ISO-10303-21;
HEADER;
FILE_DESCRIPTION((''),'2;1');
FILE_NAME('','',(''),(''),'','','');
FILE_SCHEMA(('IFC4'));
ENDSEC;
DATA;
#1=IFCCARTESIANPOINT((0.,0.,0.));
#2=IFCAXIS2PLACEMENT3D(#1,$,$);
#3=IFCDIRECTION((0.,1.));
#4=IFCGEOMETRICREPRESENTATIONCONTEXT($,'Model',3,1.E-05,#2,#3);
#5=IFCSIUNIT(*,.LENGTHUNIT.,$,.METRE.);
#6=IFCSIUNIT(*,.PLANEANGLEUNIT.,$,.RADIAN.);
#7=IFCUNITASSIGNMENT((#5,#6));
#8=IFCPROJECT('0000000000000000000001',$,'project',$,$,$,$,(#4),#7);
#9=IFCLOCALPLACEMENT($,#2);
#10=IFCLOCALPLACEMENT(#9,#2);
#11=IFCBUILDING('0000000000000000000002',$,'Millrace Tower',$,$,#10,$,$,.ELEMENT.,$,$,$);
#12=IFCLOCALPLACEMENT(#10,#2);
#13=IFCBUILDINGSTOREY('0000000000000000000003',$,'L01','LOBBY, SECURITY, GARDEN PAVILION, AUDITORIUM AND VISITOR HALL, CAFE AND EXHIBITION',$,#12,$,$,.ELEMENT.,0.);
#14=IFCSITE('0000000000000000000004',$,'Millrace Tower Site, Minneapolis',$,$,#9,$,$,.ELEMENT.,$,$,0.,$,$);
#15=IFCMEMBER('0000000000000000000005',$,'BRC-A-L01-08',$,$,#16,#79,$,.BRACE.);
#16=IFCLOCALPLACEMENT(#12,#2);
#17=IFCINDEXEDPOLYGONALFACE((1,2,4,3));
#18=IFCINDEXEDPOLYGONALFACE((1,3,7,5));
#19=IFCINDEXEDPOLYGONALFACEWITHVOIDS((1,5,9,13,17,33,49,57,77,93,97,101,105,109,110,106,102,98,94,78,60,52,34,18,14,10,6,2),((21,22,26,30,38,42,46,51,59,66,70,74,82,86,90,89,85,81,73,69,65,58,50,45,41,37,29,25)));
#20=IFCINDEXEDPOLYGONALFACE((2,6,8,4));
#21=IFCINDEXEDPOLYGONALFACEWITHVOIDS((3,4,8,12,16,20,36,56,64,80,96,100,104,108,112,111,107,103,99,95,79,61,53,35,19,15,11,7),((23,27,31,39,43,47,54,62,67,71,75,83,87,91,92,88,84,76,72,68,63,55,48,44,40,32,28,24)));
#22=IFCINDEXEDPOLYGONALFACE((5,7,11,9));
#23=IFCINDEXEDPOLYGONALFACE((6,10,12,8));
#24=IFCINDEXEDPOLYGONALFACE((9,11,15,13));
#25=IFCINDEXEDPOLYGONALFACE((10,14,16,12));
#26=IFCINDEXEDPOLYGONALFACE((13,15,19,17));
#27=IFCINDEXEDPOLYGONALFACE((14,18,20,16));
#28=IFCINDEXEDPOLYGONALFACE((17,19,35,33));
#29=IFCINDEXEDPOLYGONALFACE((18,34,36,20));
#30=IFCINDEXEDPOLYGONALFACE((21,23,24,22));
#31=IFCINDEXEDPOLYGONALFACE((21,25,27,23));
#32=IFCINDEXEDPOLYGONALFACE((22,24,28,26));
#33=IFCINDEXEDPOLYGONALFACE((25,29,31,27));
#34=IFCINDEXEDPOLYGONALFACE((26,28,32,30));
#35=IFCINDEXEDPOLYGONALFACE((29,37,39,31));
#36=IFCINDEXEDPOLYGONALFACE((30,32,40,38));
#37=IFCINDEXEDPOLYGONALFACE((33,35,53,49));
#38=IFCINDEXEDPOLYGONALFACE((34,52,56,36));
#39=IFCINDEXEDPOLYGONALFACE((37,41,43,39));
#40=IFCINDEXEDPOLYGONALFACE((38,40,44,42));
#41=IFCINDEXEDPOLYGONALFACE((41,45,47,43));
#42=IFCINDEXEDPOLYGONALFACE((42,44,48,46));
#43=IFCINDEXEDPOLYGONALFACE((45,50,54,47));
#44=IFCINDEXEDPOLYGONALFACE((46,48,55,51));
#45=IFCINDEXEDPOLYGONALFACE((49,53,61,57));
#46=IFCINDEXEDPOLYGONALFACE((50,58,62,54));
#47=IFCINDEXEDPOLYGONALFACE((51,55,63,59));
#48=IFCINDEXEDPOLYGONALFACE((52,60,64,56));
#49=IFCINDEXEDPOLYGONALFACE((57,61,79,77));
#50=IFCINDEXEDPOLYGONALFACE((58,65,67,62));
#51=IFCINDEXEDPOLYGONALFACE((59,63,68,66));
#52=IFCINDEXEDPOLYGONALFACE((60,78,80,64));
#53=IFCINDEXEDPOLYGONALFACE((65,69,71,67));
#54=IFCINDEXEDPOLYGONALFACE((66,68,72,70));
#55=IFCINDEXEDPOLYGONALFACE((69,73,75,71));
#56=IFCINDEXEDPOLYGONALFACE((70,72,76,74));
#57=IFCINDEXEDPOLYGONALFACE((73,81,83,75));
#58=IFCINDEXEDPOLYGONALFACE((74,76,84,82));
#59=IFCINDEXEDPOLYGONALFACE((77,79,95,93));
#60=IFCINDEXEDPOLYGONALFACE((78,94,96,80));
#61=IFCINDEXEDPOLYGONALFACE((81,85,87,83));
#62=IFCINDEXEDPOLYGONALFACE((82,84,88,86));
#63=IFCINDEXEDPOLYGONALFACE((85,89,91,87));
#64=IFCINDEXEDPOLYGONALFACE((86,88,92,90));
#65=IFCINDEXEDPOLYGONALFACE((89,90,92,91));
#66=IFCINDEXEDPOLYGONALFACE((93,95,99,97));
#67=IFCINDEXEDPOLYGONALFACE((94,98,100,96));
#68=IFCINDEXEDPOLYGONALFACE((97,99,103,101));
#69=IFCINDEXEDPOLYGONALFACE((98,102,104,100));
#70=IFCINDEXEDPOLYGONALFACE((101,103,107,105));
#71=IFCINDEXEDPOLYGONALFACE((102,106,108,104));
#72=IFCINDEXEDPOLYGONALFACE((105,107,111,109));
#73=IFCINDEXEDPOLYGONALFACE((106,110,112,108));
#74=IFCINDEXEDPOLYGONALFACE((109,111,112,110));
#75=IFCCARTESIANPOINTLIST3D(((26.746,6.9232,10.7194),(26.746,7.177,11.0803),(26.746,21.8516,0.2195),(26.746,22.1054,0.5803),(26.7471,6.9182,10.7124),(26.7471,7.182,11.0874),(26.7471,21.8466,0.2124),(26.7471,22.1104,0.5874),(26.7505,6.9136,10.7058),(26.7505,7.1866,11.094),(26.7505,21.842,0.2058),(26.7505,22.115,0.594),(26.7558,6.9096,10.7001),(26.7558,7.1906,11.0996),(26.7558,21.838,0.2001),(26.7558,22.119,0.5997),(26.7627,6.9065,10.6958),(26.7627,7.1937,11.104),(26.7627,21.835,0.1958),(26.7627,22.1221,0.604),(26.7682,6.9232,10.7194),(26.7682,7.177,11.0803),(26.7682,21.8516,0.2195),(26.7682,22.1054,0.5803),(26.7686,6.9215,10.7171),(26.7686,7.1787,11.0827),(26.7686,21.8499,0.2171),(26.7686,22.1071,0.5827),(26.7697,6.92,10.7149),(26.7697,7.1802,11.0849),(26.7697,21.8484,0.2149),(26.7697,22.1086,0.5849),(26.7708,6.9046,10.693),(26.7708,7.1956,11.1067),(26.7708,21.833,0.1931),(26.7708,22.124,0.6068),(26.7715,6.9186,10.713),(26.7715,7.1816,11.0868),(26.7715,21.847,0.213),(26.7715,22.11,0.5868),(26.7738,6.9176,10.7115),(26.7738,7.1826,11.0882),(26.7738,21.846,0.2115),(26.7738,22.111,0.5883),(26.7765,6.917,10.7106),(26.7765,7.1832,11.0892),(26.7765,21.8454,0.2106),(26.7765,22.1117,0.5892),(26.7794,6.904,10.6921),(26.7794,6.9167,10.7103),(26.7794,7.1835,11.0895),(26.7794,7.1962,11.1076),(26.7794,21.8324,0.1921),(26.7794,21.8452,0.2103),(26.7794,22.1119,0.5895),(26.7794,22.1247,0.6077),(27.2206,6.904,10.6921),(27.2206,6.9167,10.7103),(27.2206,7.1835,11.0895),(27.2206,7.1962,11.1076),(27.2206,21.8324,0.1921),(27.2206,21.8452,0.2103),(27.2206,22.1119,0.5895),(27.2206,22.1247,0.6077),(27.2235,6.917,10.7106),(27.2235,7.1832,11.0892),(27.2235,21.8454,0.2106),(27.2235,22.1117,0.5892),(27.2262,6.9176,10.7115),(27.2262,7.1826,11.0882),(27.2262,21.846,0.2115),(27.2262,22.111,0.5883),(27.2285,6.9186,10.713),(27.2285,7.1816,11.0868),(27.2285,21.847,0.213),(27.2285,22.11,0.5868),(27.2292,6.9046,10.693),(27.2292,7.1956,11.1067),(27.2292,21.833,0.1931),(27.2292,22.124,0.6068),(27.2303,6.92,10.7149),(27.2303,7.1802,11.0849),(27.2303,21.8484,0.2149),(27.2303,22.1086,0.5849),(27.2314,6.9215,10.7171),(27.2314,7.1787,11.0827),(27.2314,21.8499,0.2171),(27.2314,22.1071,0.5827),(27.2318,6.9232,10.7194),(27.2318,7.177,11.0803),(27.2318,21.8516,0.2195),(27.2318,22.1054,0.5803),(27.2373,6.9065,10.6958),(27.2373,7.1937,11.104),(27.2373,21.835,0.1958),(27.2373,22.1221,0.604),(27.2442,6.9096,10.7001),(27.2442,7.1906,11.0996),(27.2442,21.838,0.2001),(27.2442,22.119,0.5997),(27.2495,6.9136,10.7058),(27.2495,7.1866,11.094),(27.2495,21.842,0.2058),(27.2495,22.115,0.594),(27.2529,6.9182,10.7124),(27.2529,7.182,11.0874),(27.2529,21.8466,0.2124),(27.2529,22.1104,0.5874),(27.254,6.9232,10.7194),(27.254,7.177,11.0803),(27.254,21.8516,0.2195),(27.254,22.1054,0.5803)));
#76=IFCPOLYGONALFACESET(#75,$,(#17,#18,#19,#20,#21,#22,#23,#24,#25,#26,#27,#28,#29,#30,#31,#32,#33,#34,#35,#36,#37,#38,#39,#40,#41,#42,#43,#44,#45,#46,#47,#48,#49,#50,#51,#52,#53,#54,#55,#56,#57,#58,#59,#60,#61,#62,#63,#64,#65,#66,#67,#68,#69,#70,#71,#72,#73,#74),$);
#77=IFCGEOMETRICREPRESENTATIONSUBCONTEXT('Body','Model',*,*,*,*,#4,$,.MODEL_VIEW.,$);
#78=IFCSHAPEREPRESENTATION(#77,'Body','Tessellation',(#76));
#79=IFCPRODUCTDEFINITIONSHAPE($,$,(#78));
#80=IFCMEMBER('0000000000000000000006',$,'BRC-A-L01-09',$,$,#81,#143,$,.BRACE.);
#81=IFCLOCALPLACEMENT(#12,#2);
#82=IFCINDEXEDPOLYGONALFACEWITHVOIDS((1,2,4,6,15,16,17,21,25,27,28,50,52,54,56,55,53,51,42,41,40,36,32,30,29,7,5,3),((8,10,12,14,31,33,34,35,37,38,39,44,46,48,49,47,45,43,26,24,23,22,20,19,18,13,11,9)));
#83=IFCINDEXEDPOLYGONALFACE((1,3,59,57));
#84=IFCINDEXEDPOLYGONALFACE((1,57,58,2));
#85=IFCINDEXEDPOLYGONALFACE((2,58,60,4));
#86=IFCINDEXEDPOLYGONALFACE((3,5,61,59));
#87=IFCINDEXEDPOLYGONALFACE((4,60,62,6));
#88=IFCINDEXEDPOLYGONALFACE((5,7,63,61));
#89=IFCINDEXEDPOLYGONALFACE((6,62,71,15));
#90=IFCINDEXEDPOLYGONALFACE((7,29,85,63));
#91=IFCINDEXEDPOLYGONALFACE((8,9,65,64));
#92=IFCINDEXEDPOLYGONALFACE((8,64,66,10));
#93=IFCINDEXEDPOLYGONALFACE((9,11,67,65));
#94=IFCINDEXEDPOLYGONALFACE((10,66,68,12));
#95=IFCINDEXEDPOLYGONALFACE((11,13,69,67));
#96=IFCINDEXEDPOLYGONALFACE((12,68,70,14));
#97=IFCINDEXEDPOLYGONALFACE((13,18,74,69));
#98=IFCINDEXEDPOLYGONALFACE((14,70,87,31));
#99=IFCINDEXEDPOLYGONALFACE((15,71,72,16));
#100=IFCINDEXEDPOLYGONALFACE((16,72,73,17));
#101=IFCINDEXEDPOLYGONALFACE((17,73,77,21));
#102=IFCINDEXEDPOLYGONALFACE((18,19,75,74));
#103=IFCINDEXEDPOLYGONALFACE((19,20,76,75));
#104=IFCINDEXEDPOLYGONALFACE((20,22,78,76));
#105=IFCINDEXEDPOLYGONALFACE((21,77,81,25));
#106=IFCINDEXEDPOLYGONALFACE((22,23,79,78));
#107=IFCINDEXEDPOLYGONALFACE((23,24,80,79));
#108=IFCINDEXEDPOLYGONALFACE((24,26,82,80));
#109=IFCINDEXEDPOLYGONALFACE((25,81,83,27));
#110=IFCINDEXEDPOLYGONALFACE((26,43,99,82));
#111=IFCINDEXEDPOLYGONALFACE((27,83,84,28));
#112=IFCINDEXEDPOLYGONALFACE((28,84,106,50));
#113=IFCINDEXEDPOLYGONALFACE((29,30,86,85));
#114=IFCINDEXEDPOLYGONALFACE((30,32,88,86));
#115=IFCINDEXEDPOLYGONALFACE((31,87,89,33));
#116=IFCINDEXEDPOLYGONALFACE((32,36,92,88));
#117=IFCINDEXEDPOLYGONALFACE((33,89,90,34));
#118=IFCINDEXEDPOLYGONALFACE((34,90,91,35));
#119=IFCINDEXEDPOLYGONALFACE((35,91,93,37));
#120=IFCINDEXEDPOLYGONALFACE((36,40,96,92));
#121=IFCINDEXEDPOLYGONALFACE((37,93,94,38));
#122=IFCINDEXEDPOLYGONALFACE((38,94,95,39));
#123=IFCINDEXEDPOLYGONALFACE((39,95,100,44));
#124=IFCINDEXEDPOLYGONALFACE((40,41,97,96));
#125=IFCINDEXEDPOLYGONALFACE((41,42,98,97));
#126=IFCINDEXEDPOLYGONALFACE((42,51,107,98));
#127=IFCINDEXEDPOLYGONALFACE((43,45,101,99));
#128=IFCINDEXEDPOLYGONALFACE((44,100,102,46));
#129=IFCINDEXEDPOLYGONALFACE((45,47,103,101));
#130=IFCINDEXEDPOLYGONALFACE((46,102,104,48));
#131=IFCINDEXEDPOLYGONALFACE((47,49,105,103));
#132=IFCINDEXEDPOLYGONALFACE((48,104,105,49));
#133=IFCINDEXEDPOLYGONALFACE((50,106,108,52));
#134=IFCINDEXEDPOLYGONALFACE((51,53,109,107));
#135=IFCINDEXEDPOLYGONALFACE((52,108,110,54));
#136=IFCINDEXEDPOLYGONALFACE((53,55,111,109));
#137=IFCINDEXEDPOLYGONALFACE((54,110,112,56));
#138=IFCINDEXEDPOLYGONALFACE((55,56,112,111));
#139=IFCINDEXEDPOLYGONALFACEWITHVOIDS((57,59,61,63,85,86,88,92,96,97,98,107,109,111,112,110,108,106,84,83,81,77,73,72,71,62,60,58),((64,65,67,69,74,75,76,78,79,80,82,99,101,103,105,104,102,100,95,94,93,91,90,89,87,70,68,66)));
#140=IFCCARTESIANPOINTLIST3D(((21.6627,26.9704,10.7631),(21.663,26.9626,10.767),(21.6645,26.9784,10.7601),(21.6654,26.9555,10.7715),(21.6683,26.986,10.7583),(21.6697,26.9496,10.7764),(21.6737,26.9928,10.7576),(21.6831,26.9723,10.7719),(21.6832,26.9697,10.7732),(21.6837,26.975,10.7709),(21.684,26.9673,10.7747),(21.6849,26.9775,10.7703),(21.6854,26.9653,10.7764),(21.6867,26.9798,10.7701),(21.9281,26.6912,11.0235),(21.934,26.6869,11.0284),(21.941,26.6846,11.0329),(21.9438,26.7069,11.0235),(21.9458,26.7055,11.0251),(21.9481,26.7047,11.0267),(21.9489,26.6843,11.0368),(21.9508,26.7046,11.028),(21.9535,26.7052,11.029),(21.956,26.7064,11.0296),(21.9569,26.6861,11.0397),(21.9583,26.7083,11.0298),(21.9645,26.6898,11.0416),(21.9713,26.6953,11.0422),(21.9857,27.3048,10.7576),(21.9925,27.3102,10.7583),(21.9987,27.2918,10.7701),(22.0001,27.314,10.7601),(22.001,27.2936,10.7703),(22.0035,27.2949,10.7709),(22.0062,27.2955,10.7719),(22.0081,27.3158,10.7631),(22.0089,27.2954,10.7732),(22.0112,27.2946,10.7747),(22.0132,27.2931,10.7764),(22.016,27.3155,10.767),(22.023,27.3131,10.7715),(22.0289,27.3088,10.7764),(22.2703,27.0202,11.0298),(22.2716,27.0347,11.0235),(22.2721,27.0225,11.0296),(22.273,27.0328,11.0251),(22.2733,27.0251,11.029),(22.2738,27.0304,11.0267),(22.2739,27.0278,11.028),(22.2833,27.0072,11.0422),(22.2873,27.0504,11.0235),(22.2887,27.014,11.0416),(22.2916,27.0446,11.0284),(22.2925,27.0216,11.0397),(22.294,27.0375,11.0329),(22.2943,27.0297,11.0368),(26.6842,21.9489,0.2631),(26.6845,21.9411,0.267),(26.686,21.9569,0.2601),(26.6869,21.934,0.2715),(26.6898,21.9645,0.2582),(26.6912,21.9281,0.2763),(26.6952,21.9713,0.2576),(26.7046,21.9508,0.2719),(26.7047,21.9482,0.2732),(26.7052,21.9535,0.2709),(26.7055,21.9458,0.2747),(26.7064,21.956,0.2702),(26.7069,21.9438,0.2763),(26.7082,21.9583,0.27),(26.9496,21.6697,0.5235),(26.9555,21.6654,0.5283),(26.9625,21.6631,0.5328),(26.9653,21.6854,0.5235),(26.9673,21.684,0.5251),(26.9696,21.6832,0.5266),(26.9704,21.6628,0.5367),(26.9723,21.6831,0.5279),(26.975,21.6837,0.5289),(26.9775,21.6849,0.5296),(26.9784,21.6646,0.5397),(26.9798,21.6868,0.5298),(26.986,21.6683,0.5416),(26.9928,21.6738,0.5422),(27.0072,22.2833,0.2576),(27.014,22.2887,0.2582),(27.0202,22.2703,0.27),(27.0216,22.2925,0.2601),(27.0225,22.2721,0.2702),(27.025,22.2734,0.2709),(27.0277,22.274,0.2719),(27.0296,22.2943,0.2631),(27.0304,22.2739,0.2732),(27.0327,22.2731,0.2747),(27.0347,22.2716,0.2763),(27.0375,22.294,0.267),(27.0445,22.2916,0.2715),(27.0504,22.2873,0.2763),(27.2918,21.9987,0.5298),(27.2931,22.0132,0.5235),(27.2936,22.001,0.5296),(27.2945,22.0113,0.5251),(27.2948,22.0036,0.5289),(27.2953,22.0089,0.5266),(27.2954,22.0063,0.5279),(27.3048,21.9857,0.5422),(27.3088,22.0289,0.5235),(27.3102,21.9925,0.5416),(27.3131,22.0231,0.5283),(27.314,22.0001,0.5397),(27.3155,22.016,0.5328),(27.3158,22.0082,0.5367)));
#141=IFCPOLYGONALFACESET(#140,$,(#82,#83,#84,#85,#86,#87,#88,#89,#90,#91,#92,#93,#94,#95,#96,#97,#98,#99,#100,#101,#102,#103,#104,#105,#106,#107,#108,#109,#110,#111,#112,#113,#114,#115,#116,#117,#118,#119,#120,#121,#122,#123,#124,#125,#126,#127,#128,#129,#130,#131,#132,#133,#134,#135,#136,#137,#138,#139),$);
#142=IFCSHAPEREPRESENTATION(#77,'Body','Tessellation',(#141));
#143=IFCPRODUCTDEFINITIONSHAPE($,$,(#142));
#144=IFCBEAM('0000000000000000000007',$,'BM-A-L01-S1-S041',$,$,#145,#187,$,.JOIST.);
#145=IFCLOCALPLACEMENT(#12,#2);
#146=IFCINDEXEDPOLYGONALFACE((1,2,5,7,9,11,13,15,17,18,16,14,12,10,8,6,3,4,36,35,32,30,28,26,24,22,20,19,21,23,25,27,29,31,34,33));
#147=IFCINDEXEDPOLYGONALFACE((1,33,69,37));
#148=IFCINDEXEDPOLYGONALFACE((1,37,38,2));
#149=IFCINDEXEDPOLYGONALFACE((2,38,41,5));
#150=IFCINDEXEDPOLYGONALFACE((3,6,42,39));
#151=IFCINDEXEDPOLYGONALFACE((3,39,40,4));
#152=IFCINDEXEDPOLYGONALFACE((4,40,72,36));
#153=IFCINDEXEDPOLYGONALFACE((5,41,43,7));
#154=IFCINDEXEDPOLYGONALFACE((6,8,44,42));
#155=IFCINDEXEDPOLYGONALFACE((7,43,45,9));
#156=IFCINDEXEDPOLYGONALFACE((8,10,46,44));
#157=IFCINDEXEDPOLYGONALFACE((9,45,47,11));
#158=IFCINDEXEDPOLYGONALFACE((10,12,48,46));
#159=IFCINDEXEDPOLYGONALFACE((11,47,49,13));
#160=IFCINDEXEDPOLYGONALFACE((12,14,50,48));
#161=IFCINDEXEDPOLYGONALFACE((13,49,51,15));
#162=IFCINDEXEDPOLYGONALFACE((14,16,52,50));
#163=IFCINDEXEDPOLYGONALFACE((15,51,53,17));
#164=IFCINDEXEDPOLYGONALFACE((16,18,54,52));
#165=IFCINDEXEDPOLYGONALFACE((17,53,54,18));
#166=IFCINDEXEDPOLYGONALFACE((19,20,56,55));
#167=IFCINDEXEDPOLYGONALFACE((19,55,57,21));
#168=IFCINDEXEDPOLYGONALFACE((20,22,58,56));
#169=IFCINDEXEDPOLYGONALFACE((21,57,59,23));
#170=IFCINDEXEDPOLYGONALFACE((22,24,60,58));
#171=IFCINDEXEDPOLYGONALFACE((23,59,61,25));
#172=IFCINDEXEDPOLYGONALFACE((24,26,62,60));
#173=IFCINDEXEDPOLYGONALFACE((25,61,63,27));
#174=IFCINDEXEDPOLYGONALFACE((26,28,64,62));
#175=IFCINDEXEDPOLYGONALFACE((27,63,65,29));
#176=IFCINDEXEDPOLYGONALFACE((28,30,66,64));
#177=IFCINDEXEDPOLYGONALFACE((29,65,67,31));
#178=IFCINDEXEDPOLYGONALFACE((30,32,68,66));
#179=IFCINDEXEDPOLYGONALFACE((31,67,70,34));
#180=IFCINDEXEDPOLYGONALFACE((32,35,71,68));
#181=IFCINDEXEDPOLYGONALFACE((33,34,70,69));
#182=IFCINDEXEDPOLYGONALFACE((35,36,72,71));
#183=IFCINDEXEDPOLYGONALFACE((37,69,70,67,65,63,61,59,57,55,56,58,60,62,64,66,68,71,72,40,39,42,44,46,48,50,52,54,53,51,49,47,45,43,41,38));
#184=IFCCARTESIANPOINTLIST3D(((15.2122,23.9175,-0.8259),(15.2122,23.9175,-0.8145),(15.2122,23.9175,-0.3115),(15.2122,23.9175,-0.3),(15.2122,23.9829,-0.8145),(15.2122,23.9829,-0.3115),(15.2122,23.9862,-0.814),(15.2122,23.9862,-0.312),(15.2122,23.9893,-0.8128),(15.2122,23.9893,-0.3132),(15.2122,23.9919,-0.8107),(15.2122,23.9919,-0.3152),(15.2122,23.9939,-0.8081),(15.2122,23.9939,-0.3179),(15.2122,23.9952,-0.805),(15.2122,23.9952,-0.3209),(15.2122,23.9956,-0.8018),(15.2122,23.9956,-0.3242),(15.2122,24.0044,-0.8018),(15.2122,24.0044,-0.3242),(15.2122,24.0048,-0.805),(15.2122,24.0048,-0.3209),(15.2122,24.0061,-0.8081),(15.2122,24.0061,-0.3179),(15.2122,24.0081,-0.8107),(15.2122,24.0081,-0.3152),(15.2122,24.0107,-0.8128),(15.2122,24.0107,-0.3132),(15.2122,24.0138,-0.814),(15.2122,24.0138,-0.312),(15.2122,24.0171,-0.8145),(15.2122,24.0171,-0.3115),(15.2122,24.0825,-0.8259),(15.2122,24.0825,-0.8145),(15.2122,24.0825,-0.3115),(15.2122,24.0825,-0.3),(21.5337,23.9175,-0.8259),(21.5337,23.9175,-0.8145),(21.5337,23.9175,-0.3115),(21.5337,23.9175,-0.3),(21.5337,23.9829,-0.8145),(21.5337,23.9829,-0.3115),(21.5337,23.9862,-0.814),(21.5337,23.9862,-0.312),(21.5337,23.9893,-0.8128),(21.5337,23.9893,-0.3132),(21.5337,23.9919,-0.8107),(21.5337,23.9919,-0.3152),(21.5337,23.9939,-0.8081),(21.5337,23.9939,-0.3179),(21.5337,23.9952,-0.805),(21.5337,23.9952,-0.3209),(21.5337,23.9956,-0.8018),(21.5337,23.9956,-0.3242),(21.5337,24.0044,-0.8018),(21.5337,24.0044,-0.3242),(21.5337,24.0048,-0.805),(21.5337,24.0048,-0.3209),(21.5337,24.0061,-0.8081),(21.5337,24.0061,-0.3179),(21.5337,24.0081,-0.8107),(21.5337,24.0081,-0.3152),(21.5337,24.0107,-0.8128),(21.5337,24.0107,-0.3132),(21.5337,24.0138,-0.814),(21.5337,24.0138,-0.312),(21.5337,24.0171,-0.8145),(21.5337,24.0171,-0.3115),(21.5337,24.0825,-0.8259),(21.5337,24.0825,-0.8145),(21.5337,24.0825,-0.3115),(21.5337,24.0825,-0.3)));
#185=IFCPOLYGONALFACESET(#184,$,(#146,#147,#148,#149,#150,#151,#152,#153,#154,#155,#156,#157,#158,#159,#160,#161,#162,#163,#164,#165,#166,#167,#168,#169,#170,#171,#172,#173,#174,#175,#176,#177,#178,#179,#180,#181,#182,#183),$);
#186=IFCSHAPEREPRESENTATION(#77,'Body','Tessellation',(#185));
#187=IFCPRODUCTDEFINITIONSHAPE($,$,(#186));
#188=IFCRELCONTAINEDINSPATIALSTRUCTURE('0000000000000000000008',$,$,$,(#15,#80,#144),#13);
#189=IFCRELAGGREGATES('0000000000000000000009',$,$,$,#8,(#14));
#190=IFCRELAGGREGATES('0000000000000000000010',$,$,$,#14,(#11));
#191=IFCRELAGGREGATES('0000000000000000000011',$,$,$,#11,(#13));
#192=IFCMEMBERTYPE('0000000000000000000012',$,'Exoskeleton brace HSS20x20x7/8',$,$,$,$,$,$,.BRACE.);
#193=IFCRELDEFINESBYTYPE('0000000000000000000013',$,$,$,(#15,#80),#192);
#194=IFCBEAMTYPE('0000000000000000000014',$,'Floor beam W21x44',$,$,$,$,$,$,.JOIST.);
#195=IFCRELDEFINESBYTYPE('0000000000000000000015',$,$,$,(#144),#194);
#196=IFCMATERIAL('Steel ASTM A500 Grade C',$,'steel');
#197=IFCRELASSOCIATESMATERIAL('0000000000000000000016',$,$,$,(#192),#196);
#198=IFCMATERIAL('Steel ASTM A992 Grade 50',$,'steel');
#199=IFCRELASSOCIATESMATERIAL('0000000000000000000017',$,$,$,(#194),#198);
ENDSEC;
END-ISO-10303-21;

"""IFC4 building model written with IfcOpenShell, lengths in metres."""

from ifc_helpers import new_model, si_unit, direction, frame, origin, origin_2d, place, context, subcontext, project, spatial, hollow_rectangle, i_section, extrude, material, material_profile, profile_set, type_object, element, save


model = new_model("IFC4")

# Units and contexts
model_context = context("Model", 3, precision=1e-05, world=origin(), true_north=direction((0.0, 1.0)))
body_context = subcontext(model_context, "Body", "Model", "MODEL_VIEW")
ifc_project = project(units=[si_unit("LENGTHUNIT", "METRE"), si_unit("PLANEANGLEUNIT", "RADIAN")], contexts=[model_context])

# Site, building, storey
site_placement = place(None, origin())
site = spatial("IfcSite", under=ifc_project, at=site_placement, Name="Millrace Tower Site, Minneapolis", CompositionType="ELEMENT", RefElevation=0.0)
building_placement = place(site_placement, origin())
building = spatial("IfcBuilding", under=site, at=building_placement, Name="Millrace Tower", CompositionType="ELEMENT")
storey_placement = place(building_placement, origin())
storey = spatial("IfcBuildingStorey", under=building, at=storey_placement, Name="L01", Description="LOBBY, SECURITY, GARDEN PAVILION, AUDITORIUM AND VISITOR HALL, CAFE AND EXHIBITION", CompositionType="ELEMENT", Elevation=0.0)

# Members
ifc_material_1 = material(Name="Steel ASTM A500 Grade C", Category="steel")
ifc_material_profile_1 = material_profile(ifc_material_1, hollow_rectangle(XDim=0.5081, YDim=0.5081, WallThickness=0.0222, InnerFilletRadius=0.0112, OuterFilletRadius=0.0334, at=origin_2d()))
ifc_profile_set_1 = profile_set([ifc_material_profile_1], Name="Steel ASTM A500 Grade C")
member_type_1 = type_object("IfcMemberType", Name="Exoskeleton brace HSS20x20x7/8", PredefinedType="BRACE", material=ifc_profile_set_1)
member_1_placement = place(storey_placement, frame((27.0, 21.9785, 0.3999), z_axis=(0.0, -0.817941, 0.575302), x_axis=(1.0, 0.0, 0.0)))
element("IfcMember", 1, at=member_1_placement, inside=storey, type_object=member_type_1, Name="BRC-A-L01-08", PredefinedType="BRACE", context=body_context, shape_type="SweptSolid", body=[
    extrude(hollow_rectangle(XDim=0.5081, YDim=0.5081, WallThickness=0.0222, InnerFilletRadius=0.0112, OuterFilletRadius=0.0334, at=origin_2d()), origin(), (0.0, 0.0, 1.0), 18.2512),
])
member_2_placement = place(storey_placement, frame((27.0, 21.9785, 0.3999), z_axis=(-0.396142, 0.396142, 0.828338), x_axis=(-0.707107, -0.707107, 0.0)))
element("IfcMember", 2, at=member_2_placement, inside=storey, type_object=member_type_1, Name="BRC-A-L01-09", PredefinedType="BRACE", context=body_context, shape_type="SweptSolid", body=[
    extrude(hollow_rectangle(XDim=0.5081, YDim=0.5081, WallThickness=0.0222, InnerFilletRadius=0.0112, OuterFilletRadius=0.0334, at=origin_2d()), origin(), (0.0, 0.0, 1.0), 12.676),
])

# Beam
ifc_material_2 = material(Name="Steel ASTM A992 Grade 50", Category="steel")
ifc_material_profile_2 = material_profile(ifc_material_2, i_section(OverallWidth=0.165, OverallDepth=0.5259, WebThickness=0.0088, FlangeThickness=0.0115, FilletRadius=0.0127, at=origin_2d()))
ifc_profile_set_2 = profile_set([ifc_material_profile_2], Name="Steel ASTM A992 Grade 50")
beam_type_1 = type_object("IfcBeamType", Name="Floor beam W21x44", PredefinedType="JOIST", material=ifc_profile_set_2)
beam_1_placement = place(storey_placement, frame((15.2122, 24.0, -0.563), z_axis=(1.0, 0.0, 0.0), x_axis=(0.0, 1.0, 0.0)))
element("IfcBeam", 3, at=beam_1_placement, inside=storey, type_object=beam_type_1, Name="BM-A-L01-S1-S041", PredefinedType="JOIST", context=body_context, shape_type="SweptSolid", body=[
    extrude(i_section(OverallWidth=0.165, OverallDepth=0.5259, WebThickness=0.0088, FlangeThickness=0.0115, FilletRadius=0.0127, at=origin_2d()), origin(), (0.0, 0.0, 1.0), 6.3215),
])

save(model, "model.ifc")
